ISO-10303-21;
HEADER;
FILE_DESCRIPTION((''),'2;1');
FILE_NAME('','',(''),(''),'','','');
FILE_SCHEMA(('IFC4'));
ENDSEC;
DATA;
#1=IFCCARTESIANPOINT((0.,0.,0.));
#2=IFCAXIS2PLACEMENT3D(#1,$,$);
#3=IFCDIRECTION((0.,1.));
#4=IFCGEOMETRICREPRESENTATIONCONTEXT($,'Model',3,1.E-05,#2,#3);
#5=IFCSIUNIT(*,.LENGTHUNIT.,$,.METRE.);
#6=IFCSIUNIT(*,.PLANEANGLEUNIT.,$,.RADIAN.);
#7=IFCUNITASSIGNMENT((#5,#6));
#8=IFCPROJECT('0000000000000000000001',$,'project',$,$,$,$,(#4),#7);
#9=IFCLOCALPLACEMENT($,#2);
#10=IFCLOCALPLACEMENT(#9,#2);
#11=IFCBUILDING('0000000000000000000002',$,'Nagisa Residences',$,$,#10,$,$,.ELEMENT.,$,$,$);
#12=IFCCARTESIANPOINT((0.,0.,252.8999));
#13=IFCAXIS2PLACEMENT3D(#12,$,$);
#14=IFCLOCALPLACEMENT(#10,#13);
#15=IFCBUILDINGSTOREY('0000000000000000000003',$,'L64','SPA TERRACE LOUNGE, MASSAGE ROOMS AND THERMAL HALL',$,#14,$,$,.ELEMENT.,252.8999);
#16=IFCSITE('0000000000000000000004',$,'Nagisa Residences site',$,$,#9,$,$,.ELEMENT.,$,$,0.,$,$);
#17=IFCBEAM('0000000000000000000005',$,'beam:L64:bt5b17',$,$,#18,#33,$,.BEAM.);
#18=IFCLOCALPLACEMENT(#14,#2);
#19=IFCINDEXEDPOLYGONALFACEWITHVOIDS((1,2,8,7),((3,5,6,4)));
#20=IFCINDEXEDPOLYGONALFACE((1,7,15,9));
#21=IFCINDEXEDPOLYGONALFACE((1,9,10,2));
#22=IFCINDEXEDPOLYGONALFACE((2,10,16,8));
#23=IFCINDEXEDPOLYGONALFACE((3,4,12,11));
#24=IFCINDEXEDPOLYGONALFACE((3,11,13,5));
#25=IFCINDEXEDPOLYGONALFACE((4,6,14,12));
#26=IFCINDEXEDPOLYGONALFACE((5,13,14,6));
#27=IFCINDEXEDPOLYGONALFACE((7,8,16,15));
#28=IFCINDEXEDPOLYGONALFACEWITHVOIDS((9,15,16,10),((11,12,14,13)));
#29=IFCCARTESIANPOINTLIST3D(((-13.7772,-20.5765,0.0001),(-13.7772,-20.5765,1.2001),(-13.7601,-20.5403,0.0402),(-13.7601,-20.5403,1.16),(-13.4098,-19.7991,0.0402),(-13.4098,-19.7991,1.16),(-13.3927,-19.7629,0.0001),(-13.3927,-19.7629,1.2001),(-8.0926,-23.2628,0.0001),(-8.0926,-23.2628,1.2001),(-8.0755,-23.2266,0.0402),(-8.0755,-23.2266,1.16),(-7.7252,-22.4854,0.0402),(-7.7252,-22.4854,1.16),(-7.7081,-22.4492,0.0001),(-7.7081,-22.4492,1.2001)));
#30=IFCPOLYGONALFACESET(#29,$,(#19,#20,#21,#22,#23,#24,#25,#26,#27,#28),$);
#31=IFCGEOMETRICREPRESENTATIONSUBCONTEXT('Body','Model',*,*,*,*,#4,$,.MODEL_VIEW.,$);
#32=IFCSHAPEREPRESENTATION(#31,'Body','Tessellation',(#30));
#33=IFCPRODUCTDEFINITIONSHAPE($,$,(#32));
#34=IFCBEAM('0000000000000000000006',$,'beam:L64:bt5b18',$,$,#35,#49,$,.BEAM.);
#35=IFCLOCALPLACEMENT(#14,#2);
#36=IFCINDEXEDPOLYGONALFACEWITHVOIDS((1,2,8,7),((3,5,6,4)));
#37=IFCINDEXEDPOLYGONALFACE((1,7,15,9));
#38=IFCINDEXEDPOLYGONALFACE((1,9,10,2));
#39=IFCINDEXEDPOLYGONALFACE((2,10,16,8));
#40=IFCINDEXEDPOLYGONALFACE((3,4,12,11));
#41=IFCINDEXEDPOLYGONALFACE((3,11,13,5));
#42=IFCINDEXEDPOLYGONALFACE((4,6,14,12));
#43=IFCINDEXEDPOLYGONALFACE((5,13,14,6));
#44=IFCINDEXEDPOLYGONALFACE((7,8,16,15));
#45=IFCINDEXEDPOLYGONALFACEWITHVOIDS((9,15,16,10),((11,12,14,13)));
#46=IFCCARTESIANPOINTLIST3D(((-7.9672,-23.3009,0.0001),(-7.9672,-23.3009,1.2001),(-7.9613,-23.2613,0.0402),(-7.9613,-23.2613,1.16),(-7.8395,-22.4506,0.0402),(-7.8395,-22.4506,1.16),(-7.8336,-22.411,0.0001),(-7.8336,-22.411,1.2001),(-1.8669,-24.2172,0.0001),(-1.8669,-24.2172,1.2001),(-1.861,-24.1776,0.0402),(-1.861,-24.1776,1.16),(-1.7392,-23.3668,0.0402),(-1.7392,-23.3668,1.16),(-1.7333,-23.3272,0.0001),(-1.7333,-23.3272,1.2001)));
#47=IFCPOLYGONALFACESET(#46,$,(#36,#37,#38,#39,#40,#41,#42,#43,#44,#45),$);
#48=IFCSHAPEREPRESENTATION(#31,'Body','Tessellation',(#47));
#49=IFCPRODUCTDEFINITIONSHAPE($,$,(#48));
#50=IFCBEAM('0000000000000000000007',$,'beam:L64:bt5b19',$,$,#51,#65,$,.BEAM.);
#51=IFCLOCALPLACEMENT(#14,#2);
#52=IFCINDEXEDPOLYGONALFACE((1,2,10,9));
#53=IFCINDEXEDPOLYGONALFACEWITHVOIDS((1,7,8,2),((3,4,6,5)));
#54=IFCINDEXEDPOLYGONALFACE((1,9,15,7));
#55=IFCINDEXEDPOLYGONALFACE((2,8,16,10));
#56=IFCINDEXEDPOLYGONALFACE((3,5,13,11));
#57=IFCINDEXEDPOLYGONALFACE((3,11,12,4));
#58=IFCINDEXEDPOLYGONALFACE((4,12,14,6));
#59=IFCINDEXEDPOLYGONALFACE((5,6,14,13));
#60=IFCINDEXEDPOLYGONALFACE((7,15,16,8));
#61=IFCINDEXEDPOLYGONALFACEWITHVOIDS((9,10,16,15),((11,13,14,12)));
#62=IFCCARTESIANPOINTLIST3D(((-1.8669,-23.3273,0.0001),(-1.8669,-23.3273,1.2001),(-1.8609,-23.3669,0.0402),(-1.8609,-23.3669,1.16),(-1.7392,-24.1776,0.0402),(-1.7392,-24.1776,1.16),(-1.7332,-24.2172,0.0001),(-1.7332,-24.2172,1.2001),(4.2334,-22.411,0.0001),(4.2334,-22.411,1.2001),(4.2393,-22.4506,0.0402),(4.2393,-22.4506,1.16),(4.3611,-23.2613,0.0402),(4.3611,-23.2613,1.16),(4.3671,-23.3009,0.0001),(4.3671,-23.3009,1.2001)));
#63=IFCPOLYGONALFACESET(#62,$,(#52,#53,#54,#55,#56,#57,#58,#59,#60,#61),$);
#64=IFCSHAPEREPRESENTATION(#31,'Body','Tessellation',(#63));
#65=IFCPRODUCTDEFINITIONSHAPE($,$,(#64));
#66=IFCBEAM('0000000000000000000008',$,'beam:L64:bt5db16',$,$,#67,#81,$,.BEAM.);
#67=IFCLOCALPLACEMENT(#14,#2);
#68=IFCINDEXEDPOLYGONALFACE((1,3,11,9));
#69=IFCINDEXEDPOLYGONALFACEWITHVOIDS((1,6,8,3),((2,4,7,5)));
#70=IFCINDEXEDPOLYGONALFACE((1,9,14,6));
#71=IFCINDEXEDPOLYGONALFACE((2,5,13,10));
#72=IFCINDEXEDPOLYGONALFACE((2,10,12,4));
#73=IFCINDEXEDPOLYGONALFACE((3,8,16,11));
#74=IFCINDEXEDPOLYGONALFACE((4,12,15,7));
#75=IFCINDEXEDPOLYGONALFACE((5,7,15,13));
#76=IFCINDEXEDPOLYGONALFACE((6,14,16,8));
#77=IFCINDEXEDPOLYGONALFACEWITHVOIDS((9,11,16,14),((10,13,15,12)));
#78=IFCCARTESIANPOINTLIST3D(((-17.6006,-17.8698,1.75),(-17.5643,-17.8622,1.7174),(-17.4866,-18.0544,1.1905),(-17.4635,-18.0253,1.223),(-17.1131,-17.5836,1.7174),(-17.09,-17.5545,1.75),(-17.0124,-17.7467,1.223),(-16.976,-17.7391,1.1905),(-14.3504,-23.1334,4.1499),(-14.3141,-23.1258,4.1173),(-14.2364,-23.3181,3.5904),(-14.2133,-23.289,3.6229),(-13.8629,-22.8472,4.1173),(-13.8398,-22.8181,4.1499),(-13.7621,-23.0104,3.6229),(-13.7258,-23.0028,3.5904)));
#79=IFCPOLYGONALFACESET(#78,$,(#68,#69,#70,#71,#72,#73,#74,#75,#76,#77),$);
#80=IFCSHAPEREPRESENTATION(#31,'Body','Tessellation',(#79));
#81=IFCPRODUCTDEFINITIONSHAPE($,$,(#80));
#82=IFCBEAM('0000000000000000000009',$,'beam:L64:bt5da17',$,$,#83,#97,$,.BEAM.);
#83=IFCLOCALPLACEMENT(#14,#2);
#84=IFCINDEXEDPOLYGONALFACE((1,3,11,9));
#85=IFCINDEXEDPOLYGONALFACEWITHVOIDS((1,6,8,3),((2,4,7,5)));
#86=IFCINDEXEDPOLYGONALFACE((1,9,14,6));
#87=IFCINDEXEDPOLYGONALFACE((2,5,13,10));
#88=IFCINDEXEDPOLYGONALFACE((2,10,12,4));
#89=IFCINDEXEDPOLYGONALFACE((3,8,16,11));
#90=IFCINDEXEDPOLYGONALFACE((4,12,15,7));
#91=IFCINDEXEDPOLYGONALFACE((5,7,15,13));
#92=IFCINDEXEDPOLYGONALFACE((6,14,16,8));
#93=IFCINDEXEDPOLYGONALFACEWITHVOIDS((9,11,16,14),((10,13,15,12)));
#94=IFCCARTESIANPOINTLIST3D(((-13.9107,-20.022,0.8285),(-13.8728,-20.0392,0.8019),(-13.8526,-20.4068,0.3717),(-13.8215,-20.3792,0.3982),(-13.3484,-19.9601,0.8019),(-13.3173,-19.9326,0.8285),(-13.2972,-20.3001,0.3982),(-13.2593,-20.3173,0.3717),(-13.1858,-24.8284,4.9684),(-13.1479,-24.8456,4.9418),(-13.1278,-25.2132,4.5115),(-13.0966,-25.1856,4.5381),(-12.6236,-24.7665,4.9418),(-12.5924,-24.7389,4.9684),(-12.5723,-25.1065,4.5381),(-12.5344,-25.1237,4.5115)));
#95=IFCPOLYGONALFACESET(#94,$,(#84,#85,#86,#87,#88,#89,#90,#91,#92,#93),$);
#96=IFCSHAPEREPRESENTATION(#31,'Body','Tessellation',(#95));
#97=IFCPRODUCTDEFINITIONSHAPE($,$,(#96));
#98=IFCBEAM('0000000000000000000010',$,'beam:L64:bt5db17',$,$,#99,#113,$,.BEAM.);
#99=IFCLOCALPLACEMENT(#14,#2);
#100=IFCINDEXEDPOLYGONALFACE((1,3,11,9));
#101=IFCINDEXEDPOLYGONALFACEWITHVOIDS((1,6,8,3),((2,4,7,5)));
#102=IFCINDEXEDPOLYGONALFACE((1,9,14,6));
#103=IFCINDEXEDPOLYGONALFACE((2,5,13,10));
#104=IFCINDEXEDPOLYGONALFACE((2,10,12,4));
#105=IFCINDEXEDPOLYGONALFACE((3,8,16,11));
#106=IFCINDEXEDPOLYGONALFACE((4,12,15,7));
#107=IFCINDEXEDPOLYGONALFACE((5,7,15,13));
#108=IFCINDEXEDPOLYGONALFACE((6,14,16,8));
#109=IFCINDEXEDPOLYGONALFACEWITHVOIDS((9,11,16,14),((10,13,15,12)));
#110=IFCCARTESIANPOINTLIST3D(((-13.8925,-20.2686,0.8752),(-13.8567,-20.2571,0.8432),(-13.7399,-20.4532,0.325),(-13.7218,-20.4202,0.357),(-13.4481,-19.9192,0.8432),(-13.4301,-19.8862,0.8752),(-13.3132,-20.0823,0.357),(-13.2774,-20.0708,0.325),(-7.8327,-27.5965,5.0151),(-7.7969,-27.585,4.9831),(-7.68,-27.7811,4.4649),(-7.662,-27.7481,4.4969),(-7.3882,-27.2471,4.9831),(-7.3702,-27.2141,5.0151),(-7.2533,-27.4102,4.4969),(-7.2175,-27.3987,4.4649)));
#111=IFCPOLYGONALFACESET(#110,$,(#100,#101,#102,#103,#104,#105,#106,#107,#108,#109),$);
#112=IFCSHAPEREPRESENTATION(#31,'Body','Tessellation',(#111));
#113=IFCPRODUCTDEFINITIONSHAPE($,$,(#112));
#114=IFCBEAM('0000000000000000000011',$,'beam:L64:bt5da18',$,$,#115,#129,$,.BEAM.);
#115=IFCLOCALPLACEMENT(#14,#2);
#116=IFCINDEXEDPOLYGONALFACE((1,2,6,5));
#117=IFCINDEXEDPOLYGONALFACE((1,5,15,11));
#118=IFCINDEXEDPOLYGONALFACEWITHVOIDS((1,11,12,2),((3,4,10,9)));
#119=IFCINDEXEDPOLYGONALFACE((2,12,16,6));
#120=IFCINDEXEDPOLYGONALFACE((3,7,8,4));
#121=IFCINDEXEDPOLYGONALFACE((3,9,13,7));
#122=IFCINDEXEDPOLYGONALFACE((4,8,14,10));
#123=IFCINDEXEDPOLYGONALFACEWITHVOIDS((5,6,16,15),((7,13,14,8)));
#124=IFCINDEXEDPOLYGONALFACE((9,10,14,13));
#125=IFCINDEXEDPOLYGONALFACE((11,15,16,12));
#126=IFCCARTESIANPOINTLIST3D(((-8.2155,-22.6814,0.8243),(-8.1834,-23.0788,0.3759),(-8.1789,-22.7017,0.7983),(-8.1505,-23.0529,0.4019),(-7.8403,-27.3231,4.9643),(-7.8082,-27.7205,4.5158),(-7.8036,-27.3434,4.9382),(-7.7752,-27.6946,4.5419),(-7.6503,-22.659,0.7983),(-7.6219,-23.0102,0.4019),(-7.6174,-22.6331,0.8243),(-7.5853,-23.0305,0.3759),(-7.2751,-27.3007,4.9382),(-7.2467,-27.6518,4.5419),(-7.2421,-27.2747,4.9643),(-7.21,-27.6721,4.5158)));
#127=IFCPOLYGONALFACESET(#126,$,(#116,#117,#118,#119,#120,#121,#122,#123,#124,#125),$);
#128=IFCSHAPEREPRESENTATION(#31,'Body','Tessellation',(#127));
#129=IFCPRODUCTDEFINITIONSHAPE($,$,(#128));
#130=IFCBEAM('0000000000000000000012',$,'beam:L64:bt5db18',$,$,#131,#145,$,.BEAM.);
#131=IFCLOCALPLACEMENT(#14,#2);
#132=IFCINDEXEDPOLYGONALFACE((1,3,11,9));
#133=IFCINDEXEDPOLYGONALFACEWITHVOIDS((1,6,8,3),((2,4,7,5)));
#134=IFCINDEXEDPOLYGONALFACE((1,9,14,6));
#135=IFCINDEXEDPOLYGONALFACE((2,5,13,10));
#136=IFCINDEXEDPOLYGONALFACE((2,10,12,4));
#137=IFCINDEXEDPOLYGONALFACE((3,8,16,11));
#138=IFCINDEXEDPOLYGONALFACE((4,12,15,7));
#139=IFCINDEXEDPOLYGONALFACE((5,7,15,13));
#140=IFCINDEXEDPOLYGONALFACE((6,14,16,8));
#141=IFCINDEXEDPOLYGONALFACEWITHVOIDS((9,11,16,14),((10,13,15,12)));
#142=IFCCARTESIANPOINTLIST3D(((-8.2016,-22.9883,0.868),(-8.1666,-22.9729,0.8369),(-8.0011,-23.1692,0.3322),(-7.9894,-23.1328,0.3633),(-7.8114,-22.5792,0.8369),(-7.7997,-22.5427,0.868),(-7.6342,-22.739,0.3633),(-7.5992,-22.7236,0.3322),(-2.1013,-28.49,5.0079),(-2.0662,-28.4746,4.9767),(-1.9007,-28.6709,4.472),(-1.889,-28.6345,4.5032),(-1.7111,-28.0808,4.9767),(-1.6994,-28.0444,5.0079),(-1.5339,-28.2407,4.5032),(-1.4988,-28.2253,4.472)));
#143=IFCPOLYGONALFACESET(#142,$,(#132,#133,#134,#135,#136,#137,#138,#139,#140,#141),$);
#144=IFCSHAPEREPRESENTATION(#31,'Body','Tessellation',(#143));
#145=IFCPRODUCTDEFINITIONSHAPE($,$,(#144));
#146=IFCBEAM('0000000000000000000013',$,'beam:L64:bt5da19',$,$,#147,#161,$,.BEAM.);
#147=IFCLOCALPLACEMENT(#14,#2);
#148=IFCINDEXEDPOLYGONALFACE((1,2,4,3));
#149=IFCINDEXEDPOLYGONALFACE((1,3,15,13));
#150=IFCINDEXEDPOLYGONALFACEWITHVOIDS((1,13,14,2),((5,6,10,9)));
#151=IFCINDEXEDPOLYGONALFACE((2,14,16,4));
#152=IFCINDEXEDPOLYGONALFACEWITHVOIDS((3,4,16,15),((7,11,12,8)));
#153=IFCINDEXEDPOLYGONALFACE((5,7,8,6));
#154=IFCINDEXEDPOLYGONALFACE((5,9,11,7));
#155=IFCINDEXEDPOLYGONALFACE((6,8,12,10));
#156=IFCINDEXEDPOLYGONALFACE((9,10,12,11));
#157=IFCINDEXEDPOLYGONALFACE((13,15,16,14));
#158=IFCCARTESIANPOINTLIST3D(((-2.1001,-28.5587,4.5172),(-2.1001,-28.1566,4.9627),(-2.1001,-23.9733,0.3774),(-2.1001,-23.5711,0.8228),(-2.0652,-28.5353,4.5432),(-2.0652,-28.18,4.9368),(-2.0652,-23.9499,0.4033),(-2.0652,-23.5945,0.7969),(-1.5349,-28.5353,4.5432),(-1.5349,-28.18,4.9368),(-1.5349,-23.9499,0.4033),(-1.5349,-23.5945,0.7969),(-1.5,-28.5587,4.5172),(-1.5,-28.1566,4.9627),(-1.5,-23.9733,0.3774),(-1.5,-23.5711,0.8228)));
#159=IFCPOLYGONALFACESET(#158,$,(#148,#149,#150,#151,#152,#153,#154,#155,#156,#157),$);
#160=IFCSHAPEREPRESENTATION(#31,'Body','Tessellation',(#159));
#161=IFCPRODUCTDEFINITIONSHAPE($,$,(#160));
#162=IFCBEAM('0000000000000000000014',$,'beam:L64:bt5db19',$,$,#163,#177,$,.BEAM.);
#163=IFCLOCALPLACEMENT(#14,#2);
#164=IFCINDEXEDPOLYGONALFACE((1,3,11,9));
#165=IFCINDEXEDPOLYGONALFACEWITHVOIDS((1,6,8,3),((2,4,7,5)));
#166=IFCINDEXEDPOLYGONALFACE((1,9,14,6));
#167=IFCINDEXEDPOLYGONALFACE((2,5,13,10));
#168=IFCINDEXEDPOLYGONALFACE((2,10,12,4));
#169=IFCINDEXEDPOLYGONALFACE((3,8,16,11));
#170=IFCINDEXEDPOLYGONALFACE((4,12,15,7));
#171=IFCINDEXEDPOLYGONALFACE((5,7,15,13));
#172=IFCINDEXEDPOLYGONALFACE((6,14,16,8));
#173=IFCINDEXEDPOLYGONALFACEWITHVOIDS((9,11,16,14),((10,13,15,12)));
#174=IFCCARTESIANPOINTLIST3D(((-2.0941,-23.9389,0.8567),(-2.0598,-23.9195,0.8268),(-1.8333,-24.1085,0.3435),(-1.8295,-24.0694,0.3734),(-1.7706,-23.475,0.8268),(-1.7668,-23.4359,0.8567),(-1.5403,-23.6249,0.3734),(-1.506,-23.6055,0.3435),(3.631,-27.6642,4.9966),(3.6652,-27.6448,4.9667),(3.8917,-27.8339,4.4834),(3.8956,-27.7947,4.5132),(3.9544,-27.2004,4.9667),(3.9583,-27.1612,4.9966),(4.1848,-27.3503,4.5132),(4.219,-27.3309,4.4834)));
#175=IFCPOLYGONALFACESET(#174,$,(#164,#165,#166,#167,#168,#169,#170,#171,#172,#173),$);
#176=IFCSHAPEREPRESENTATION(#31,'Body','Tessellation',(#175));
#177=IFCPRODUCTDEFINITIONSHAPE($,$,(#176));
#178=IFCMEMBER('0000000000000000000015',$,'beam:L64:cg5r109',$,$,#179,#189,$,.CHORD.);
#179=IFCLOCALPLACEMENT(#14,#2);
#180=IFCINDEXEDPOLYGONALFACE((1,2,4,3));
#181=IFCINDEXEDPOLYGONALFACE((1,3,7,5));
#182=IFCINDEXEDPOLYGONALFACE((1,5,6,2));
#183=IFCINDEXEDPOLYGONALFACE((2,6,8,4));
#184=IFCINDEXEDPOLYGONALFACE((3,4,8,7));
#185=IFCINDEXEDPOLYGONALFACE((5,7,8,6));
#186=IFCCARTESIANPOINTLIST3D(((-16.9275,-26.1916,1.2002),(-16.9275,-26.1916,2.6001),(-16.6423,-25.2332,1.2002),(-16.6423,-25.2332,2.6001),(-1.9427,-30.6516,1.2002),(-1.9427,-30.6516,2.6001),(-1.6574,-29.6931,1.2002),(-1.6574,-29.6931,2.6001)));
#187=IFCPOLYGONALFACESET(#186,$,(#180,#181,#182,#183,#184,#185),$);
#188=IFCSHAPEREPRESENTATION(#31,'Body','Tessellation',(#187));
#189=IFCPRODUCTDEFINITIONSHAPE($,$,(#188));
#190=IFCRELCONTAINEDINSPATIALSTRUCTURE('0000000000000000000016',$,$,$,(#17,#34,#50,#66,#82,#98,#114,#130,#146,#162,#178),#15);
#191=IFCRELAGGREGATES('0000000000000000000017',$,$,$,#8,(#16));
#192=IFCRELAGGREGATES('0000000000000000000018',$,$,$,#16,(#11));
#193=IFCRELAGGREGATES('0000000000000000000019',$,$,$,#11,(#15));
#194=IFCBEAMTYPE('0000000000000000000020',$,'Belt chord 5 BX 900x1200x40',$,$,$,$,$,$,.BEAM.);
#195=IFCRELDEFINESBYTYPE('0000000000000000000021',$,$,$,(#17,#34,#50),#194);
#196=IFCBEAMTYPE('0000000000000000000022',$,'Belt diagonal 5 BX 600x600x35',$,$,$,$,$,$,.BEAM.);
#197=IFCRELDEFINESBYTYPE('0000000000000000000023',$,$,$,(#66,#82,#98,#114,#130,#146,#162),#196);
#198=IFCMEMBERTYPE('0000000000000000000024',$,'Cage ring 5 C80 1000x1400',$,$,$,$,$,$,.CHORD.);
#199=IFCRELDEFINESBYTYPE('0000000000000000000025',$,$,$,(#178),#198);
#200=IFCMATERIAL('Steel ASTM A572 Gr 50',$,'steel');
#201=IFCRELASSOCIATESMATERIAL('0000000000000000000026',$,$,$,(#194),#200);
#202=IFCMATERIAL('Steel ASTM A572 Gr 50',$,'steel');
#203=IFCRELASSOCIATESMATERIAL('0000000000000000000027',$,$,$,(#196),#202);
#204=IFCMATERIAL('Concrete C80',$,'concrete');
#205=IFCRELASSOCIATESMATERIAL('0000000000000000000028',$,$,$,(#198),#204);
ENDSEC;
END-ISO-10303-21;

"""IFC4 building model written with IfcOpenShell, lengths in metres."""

from ifc_helpers import new_model, si_unit, direction, frame, origin, origin_2d, place, context, subcontext, project, spatial, rectangle, hollow_rectangle, extrude, material, material_profile, profile_set, type_object, element, save


model = new_model("IFC4")

# Units and contexts
model_context = context("Model", 3, precision=1e-05, world=origin(), true_north=direction((0.0, 1.0)))
body_context = subcontext(model_context, "Body", "Model", "MODEL_VIEW")
ifc_project = project(units=[si_unit("LENGTHUNIT", "METRE"), si_unit("PLANEANGLEUNIT", "RADIAN")], contexts=[model_context])

# Site, building, storey
site_placement = place(None, origin())
site = spatial("IfcSite", under=ifc_project, at=site_placement, Name="Nagisa Residences site", CompositionType="ELEMENT", RefElevation=0.0)
building_placement = place(site_placement, origin())
building = spatial("IfcBuilding", under=site, at=building_placement, Name="Nagisa Residences", CompositionType="ELEMENT")
storey_placement = place(building_placement, frame((0.0, 0.0, 252.8999)))
storey = spatial("IfcBuildingStorey", under=building, at=storey_placement, Name="L64", Description="SPA TERRACE LOUNGE, MASSAGE ROOMS AND THERMAL HALL", CompositionType="ELEMENT", Elevation=252.8999)

# Beams
ifc_material_1 = material(Name="Steel ASTM A572 Gr 50", Category="steel")
ifc_material_profile_1 = material_profile(ifc_material_1, hollow_rectangle(XDim=0.8999, YDim=1.2, WallThickness=0.04, at=origin_2d()), Name="BX 900x1200x40")
ifc_profile_set_1 = profile_set([ifc_material_profile_1], Name="Steel ASTM A572 Gr 50")
beam_type_1 = type_object("IfcBeamType", Name="Belt chord 5 BX 900x1200x40", PredefinedType="BEAM", material=ifc_profile_set_1)
beam_1_placement = place(storey_placement, frame((-13.585, -20.1697, 0.6001), z_axis=(0.904132, -0.427253, 0.0), x_axis=(0.427253, 0.904132, 0.0)))
element("IfcBeam", 1, at=beam_1_placement, inside=storey, type_object=beam_type_1, Name="beam:L64:bt5b17", PredefinedType="BEAM", context=body_context, shape_type="SweptSolid", body=[
    extrude(hollow_rectangle(XDim=0.8999, YDim=1.2, WallThickness=0.04, at=origin_2d()), origin(), (0.0, 0.0, 1.0), 6.2874),
])
for number, where, z_axis, x_axis, name in (
    (2, (-7.9004, -22.856, 0.6001), (0.988908, -0.148532, 0.0), (0.148532, 0.988908, 0.0), "beam:L64:bt5b18"),
    (3, (-1.8, -23.7722, 0.6001), (0.988908, 0.148532, 0.0), (-0.148532, 0.988908, 0.0), "beam:L64:bt5b19"),
):
    element("IfcBeam", number, at=place(storey_placement, frame(where, z_axis=z_axis, x_axis=x_axis)), inside=storey, type_object=beam_type_1, Name=name, PredefinedType="BEAM", context=body_context, shape_type="SweptSolid", body=[
        extrude(hollow_rectangle(XDim=0.8999, YDim=1.2, WallThickness=0.04, at=origin_2d()), origin(), (0.0, 0.0, 1.0), 6.1687),
    ])
ifc_material_2 = material(Name="Steel ASTM A572 Gr 50", Category="steel")
ifc_material_profile_2 = material_profile(ifc_material_2, hollow_rectangle(XDim=0.6001, YDim=0.6001, WallThickness=0.0349, at=origin_2d()), Name="BX 600x600x35")
ifc_profile_set_2 = profile_set([ifc_material_profile_2], Name="Steel ASTM A572 Gr 50")
beam_type_2 = type_object("IfcBeamType", Name="Belt diagonal 5 BX 600x600x35", PredefinedType="BEAM", material=ifc_profile_set_2)
beam_2_placement = place(storey_placement, frame((-17.2883, -17.8044, 1.4702), z_axis=(0.489827, -0.793259, 0.361676), x_axis=(0.850859, 0.525394, 0.0)))
element("IfcBeam", 4, at=beam_2_placement, inside=storey, type_object=beam_type_2, Name="beam:L64:bt5db16", PredefinedType="BEAM", context=body_context, shape_type="SweptSolid", body=[
    extrude(hollow_rectangle(XDim=0.6001, YDim=0.6001, WallThickness=0.0349, at=origin_2d()), origin(), (0.0, 0.0, 1.0), 6.6355),
])
beam_3_placement = place(storey_placement, frame((-13.585, -20.1697, 0.6001), z_axis=(0.113528, -0.752788, 0.648399), x_axis=(0.988819, 0.149124, 0.0)))
element("IfcBeam", 5, at=beam_3_placement, inside=storey, type_object=beam_type_2, Name="beam:L64:bt5da17", PredefinedType="BEAM", context=body_context, shape_type="SweptSolid", body=[
    extrude(hollow_rectangle(XDim=0.6001, YDim=0.6001, WallThickness=0.0349, at=origin_2d()), origin(), (0.0, 0.0, 1.0), 6.3848),
])
beam_4_placement = place(storey_placement, frame((-13.585, -20.1697, 0.6001), z_axis=(0.584303, -0.706573, 0.399179), x_axis=(0.770634, 0.637278, 0.0)))
element("IfcBeam", 6, at=beam_4_placement, inside=storey, type_object=beam_type_2, Name="beam:L64:bt5db17", PredefinedType="BEAM", context=body_context, shape_type="SweptSolid", body=[
    extrude(hollow_rectangle(XDim=0.6001, YDim=0.6001, WallThickness=0.0349, at=origin_2d()), origin(), (0.0, 0.0, 1.0), 10.3711),
])
beam_5_placement = place(storey_placement, frame((-7.9004, -22.856, 0.6001), z_axis=(0.060223, -0.744934, 0.664414), x_axis=(0.996748, 0.080581, 0.0)))
element("IfcBeam", 7, at=beam_5_placement, inside=storey, type_object=beam_type_2, Name="beam:L64:bt5da18", PredefinedType="BEAM", context=body_context, shape_type="SweptSolid", body=[
    extrude(hollow_rectangle(XDim=0.6001, YDim=0.6001, WallThickness=0.0349, at=origin_2d()), origin(), (0.0, 0.0, 1.0), 6.231),
])
beam_6_placement = place(storey_placement, frame((-7.9004, -22.856, 0.6001), z_axis=(0.663152, -0.598077, 0.450037), x_axis=(0.669731, 0.742604, 0.0)))
element("IfcBeam", 8, at=beam_6_placement, inside=storey, type_object=beam_type_2, Name="beam:L64:bt5db18", PredefinedType="BEAM", context=body_context, shape_type="SweptSolid", body=[
    extrude(hollow_rectangle(XDim=0.6001, YDim=0.6001, WallThickness=0.0349, at=origin_2d()), origin(), (0.0, 0.0, 1.0), 9.199),
])
beam_7_placement = place(storey_placement, frame((-1.8, -23.7722, 0.6001), z_axis=(0.0, -0.742248, 0.670125), x_axis=(1.0, 0.0, 0.0)))
element("IfcBeam", 9, at=beam_7_placement, inside=storey, type_object=beam_type_2, Name="beam:L64:bt5da19", PredefinedType="BEAM", context=body_context, shape_type="SweptSolid", body=[
    extrude(hollow_rectangle(XDim=0.6001, YDim=0.6001, WallThickness=0.0349, at=origin_2d()), origin(), (0.0, 0.0, 1.0), 6.1777),
])
beam_8_placement = place(storey_placement, frame((-1.8, -23.7722, 0.6001), z_axis=(0.716794, -0.46642, 0.518323), x_axis=(0.545403, 0.838174, 0.0)))
element("IfcBeam", 10, at=beam_8_placement, inside=storey, type_object=beam_type_2, Name="beam:L64:bt5db19", PredefinedType="BEAM", context=body_context, shape_type="SweptSolid", body=[
    extrude(hollow_rectangle(XDim=0.6001, YDim=0.6001, WallThickness=0.0349, at=origin_2d()), origin(), (0.0, 0.0, 1.0), 7.9871),
])

# Member
ifc_material_3 = material(Name="Concrete C80", Category="concrete")
ifc_material_profile_3 = material_profile(ifc_material_3, rectangle(XDim=1.0, YDim=1.3999, at=origin_2d()), Name="C80 1000x1400")
ifc_profile_set_3 = profile_set([ifc_material_profile_3], Name="Concrete C80")
member_type_1 = type_object("IfcMemberType", Name="Cage ring 5 C80 1000x1400", PredefinedType="CHORD", material=ifc_profile_set_3)
member_1_placement = place(storey_placement, frame((-16.7849, -25.7124, 1.9001), z_axis=(0.958449, -0.285264, 0.0), x_axis=(0.285264, 0.958449, 0.0)))
element("IfcMember", 11, at=member_1_placement, inside=storey, type_object=member_type_1, Name="beam:L64:cg5r109", PredefinedType="CHORD", context=body_context, shape_type="SweptSolid", body=[
    extrude(rectangle(XDim=1.0, YDim=1.3999, at=origin_2d()), origin(), (0.0, 0.0, 1.0), 15.6345),
])

save(model, "model.ifc")
